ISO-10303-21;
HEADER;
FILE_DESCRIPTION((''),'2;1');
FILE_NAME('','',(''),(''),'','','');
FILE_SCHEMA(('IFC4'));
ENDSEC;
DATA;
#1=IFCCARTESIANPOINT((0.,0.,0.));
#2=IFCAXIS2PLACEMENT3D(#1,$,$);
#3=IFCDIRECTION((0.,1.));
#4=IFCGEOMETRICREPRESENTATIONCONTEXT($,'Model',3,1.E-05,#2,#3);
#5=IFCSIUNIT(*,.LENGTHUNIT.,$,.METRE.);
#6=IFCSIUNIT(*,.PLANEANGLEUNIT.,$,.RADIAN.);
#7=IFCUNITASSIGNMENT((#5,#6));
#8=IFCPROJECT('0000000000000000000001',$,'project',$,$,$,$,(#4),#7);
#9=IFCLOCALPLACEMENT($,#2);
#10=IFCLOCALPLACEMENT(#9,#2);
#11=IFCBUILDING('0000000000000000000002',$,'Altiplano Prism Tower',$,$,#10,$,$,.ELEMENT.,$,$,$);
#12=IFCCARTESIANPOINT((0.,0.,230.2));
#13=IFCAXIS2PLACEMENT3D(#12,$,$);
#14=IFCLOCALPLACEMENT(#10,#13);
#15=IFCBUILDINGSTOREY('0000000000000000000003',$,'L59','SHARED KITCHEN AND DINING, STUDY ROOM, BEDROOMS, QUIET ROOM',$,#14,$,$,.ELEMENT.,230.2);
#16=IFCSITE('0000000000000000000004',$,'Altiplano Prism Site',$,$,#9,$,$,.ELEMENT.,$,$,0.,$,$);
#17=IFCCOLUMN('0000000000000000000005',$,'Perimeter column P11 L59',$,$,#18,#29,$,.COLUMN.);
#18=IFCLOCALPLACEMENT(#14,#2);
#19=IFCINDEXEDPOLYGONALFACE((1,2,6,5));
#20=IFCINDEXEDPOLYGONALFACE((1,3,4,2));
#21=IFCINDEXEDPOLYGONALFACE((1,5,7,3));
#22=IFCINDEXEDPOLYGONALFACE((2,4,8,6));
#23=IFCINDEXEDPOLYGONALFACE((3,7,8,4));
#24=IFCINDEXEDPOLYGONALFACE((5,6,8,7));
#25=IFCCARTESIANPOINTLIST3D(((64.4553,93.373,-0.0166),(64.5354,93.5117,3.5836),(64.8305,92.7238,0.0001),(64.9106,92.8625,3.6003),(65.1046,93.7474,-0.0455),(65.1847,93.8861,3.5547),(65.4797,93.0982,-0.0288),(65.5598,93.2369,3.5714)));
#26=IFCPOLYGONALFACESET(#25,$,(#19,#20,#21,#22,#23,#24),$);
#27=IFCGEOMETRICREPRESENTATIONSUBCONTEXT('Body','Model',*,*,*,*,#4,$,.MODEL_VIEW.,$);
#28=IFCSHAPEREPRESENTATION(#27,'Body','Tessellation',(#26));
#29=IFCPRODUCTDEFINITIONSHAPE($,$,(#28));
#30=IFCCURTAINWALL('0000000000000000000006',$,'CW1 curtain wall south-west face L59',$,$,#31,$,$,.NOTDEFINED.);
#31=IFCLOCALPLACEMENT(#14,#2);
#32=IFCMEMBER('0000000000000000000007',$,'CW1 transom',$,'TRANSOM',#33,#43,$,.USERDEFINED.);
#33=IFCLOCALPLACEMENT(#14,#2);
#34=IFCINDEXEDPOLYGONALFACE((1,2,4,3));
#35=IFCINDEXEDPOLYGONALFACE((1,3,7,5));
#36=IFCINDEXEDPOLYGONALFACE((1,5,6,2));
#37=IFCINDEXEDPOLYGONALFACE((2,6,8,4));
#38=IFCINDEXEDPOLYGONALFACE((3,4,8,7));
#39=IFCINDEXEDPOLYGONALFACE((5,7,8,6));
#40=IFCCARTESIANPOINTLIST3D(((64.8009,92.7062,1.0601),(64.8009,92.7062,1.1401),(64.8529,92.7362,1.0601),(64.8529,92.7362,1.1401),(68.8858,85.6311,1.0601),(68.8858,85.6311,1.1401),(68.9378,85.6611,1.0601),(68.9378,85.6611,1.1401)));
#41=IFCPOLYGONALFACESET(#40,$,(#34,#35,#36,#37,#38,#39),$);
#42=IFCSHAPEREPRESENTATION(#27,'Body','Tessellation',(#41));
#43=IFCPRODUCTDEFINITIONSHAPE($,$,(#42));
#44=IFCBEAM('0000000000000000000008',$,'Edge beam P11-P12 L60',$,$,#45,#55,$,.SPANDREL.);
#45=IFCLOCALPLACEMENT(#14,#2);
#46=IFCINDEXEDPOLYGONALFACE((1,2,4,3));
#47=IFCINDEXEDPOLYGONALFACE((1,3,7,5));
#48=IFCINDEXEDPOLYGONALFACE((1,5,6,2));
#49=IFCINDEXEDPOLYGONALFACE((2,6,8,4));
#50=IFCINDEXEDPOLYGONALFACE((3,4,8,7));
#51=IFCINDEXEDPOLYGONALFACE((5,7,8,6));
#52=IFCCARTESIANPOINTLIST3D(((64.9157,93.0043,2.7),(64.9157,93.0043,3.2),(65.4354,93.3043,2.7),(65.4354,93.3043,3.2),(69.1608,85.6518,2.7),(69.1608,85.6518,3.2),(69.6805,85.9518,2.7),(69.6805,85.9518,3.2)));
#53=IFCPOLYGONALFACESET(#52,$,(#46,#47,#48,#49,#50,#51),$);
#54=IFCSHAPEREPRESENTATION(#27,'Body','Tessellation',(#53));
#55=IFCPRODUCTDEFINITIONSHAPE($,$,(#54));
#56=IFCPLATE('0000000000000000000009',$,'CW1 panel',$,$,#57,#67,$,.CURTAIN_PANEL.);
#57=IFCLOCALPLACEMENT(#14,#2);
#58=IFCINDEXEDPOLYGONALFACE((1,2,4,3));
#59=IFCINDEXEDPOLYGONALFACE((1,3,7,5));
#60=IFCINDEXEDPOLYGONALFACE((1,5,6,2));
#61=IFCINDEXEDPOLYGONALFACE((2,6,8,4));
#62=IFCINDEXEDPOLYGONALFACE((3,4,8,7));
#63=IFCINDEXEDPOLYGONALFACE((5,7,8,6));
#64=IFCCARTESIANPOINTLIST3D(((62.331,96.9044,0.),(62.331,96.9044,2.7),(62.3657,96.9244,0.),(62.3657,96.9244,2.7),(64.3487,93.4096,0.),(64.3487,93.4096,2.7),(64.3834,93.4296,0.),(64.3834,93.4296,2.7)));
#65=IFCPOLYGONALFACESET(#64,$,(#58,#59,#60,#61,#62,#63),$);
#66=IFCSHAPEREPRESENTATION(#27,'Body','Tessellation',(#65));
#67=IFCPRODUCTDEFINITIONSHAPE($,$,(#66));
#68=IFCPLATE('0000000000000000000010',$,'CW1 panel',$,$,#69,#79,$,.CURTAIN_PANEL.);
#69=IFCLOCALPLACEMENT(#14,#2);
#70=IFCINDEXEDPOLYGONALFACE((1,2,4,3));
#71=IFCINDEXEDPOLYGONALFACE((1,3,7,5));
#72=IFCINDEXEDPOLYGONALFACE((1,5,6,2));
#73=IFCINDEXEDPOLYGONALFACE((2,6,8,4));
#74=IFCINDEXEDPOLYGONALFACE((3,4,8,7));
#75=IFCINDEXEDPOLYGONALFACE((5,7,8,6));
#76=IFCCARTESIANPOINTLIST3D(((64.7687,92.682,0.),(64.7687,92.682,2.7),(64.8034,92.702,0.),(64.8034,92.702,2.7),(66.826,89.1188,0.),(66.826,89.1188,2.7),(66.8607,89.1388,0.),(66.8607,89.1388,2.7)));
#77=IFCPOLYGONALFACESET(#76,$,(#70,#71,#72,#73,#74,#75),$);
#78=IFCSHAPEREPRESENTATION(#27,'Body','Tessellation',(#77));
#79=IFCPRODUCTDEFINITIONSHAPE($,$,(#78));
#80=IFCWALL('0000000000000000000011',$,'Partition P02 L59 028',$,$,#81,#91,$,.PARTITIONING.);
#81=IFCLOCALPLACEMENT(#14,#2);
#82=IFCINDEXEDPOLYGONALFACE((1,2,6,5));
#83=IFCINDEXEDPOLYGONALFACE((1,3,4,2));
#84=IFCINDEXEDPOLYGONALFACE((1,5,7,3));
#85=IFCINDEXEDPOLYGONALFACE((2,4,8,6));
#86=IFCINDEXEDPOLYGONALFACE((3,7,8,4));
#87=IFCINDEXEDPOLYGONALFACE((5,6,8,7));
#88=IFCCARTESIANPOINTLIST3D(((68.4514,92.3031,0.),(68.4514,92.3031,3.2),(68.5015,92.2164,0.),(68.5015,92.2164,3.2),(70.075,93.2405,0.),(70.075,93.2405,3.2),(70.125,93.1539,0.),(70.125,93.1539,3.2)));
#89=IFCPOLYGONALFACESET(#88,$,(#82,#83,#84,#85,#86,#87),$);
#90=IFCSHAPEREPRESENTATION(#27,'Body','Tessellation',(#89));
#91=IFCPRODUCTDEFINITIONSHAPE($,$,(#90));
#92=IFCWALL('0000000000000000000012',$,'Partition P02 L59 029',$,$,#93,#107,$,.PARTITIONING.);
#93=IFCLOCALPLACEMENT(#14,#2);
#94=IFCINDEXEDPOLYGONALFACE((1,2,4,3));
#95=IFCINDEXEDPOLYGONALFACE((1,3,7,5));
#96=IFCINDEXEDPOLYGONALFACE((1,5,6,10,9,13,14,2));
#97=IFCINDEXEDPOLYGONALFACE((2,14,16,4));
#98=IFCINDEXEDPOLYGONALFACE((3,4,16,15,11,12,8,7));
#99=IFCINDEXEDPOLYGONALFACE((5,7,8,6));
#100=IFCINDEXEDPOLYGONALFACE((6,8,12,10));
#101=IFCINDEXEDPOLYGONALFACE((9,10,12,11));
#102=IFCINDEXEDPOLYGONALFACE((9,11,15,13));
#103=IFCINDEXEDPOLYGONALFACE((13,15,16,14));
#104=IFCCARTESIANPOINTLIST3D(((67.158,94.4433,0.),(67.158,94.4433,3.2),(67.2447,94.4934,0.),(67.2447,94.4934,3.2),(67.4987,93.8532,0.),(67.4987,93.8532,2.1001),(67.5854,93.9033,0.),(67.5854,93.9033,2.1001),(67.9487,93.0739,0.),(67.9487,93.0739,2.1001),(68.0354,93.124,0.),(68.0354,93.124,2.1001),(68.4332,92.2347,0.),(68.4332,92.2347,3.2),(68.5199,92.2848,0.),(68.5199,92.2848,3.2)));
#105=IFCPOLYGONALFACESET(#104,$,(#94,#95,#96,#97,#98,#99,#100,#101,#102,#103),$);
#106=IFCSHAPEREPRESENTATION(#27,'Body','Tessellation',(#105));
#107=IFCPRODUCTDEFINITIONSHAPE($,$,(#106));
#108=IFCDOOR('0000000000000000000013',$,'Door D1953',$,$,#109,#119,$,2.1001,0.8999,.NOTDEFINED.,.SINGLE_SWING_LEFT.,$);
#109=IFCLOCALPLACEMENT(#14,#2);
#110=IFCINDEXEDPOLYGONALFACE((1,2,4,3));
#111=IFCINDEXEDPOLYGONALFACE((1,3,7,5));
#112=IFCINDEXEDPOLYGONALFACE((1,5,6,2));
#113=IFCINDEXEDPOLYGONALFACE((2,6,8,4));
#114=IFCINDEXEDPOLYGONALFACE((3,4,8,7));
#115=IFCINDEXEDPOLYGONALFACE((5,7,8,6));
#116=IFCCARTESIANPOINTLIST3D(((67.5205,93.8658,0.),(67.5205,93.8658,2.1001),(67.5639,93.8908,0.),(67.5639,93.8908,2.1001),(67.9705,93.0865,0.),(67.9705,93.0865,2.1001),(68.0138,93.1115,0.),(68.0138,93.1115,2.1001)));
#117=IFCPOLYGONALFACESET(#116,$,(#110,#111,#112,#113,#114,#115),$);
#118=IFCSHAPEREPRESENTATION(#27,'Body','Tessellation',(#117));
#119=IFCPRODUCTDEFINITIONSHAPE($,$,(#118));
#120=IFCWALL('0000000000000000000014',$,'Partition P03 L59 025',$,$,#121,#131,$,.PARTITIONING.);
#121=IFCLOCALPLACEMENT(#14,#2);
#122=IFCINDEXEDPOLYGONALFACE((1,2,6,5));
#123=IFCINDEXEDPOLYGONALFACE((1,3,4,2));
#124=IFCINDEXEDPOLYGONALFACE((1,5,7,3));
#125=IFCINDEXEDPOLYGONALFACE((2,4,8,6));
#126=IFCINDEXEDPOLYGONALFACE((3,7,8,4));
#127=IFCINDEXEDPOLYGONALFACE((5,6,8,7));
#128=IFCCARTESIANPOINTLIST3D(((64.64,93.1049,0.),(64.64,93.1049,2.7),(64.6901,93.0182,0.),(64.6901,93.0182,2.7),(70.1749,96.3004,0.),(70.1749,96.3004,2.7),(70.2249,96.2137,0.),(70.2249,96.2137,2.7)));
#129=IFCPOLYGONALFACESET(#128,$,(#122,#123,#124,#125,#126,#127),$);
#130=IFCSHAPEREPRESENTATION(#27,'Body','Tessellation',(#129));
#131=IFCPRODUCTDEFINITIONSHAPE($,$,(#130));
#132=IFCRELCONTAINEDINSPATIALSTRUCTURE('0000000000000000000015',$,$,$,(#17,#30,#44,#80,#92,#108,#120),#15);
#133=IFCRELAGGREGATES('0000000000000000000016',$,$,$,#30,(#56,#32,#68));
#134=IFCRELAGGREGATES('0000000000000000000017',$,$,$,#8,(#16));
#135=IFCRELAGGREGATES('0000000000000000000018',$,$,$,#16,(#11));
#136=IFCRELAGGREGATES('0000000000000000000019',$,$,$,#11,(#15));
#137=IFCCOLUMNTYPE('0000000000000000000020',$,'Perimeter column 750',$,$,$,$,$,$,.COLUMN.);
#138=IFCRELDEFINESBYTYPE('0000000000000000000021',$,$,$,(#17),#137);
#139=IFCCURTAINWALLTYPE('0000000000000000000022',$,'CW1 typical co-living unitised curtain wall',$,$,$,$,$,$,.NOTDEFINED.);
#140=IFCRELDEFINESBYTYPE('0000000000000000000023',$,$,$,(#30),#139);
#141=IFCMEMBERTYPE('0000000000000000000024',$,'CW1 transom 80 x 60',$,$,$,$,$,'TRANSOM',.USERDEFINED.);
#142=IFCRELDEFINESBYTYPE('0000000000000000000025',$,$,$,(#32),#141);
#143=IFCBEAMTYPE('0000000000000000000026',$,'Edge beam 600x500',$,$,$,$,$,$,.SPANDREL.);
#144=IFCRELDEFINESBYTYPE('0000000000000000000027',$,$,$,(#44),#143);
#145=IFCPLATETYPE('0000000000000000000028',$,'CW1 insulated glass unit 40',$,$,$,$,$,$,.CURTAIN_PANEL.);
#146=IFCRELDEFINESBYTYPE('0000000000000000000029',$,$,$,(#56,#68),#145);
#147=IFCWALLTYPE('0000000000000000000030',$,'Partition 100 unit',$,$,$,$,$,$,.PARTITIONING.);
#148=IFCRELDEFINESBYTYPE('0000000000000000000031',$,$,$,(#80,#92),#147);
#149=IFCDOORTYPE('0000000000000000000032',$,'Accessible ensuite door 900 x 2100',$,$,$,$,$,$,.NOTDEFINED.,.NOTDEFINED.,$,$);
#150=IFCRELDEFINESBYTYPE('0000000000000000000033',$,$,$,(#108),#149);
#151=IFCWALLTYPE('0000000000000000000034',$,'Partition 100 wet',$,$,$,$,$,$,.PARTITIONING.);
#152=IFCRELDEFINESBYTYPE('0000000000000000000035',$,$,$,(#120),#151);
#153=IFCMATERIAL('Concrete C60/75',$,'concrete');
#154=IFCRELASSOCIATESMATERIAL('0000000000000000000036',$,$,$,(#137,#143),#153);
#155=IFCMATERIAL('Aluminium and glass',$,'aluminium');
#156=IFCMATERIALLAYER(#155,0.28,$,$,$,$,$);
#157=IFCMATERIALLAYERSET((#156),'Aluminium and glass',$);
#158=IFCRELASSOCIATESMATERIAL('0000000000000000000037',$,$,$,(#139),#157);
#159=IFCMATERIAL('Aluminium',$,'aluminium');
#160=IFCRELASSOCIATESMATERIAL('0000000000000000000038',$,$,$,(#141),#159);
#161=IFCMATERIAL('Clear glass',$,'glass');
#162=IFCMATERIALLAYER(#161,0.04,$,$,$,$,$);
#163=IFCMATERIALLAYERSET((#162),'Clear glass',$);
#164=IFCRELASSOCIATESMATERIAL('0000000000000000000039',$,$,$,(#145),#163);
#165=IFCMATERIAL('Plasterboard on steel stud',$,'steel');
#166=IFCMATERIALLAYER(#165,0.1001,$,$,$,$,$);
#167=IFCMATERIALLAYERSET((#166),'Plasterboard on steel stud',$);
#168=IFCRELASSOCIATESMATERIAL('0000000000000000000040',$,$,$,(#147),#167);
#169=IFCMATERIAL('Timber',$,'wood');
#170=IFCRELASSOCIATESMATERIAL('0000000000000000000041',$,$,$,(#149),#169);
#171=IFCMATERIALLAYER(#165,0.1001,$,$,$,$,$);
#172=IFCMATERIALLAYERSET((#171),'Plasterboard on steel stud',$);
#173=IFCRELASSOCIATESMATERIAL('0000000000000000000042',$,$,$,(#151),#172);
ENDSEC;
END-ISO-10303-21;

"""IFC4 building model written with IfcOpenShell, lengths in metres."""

from ifc_helpers import new_model, si_unit, direction, frame, frame_2d, origin, origin_2d, place, context, subcontext, project, spatial, rectangle, extrude, material, layer, layer_set, material_profile, profile_set, type_object, element, fill, aggregate, save


model = new_model("IFC4")

# Units and contexts
model_context = context("Model", 3, precision=1e-05, world=origin(), true_north=direction((0.0, 1.0)))
body_context = subcontext(model_context, "Body", "Model", "MODEL_VIEW")
ifc_project = project(units=[si_unit("LENGTHUNIT", "METRE"), si_unit("PLANEANGLEUNIT", "RADIAN")], contexts=[model_context])

# Site, building, storey
site_placement = place(None, origin())
site = spatial("IfcSite", under=ifc_project, at=site_placement, Name="Altiplano Prism Site", CompositionType="ELEMENT", RefElevation=0.0)
building_placement = place(site_placement, origin())
building = spatial("IfcBuilding", under=site, at=building_placement, Name="Altiplano Prism Tower", CompositionType="ELEMENT")
storey_placement = place(building_placement, frame((0.0, 0.0, 230.2)))
storey = spatial("IfcBuildingStorey", under=building, at=storey_placement, Name="L59", Description="SHARED KITCHEN AND DINING, STUDY ROOM, BEDROOMS, QUIET ROOM", CompositionType="ELEMENT", Elevation=230.2)

# Column
ifc_material_1 = material(Name="Concrete C60/75", Category="concrete")
ifc_material_profile_1 = material_profile(ifc_material_1, rectangle(XDim=0.75, YDim=0.75, at=origin_2d()), Name="Perimeter column 750")
ifc_profile_set_1 = profile_set([ifc_material_profile_1], Name="Concrete C60/75")
column_type = type_object("IfcColumnType", Name="Perimeter column 750", PredefinedType="COLUMN", material=ifc_profile_set_1)
column_placement = place(storey_placement, frame((64.9675, 93.2356, -0.0227), z_axis=(0.022221, 0.038481, 0.999012), x_axis=(-0.865639, -0.499187, 0.038483)))
element("IfcColumn", 1, at=column_placement, inside=storey, type_object=column_type, Name="Perimeter column P11 L59", PredefinedType="COLUMN", context=body_context, shape_type="SweptSolid", body=[
    extrude(rectangle(XDim=0.75, YDim=0.75, at=origin_2d()), origin(), (0.0, 0.0, 1.0), 3.6038),
])

# Curtain wall, member
ifc_material_2 = material(Name="Aluminium and glass", Category="aluminium")
ifc_layer_1 = layer(ifc_material_2, 0.28)
ifc_layer_set_1 = layer_set([ifc_layer_1], Name="Aluminium and glass")
curtain_wall_type = type_object("IfcCurtainWallType", Name="CW1 typical co-living unitised curtain wall", PredefinedType="NOTDEFINED", material=ifc_layer_set_1)
curtain_wall_placement = place(storey_placement, origin())
curtain_wall = element("IfcCurtainWall", 2, at=curtain_wall_placement, inside=storey, type_object=curtain_wall_type, Name="CW1 curtain wall south-west face L59", PredefinedType="NOTDEFINED")
ifc_material_3 = material(Name="Aluminium", Category="aluminium")
ifc_material_profile_2 = material_profile(ifc_material_3, rectangle(XDim=0.0601, YDim=0.0801, at=origin_2d()), Name="CW1 transom 80 x 60")
ifc_profile_set_2 = profile_set([ifc_material_profile_2], Name="Aluminium")
member_type = type_object("IfcMemberType", Name="CW1 transom 80 x 60", ElementType="TRANSOM", PredefinedType="USERDEFINED", material=ifc_profile_set_2)
member_placement = place(storey_placement, frame((64.8269, 92.7212, 1.1001), z_axis=(0.500009, -0.86602, 0.0), x_axis=(0.86602, 0.500009, 0.0)))
member = element("IfcMember", 3, at=member_placement, type_object=member_type, Name="CW1 transom", ObjectType="TRANSOM", PredefinedType="USERDEFINED", context=body_context, shape_type="SweptSolid", body=[
    extrude(rectangle(XDim=0.0601, YDim=0.0801, at=origin_2d()), origin(), (0.0, 0.0, 1.0), 8.1697),
])

# Beam
ifc_material_profile_3 = material_profile(ifc_material_1, rectangle(XDim=0.6001, YDim=0.5, at=origin_2d()), Name="Edge beam 600x500")
ifc_profile_set_3 = profile_set([ifc_material_profile_3], Name="Concrete C60/75")
beam_type = type_object("IfcBeamType", Name="Edge beam 600x500", PredefinedType="SPANDREL", material=ifc_profile_set_3)
beam_placement = place(storey_placement, frame((65.1755, 93.1543, 2.95), z_axis=(0.500011, -0.866019, 0.0), x_axis=(0.866019, 0.500011, 0.0)))
element("IfcBeam", 4, at=beam_placement, inside=storey, type_object=beam_type, Name="Edge beam P11-P12 L60", PredefinedType="SPANDREL", context=body_context, shape_type="SweptSolid", body=[
    extrude(rectangle(XDim=0.6001, YDim=0.5, at=origin_2d()), origin(), (0.0, 0.0, 1.0), 8.49),
])

# Plates
ifc_material_4 = material(Name="Clear glass", Category="glass")
ifc_layer_2 = layer(ifc_material_4, 0.04)
ifc_layer_set_2 = layer_set([ifc_layer_2], Name="Clear glass")
plate_type = type_object("IfcPlateType", Name="CW1 insulated glass unit 40", PredefinedType="CURTAIN_PANEL", material=ifc_layer_set_2)
plate_1_placement = place(storey_placement, frame((63.3572, 95.167, 0.0), z_axis=(0.0, 0.0, 1.0), x_axis=(0.5, -0.866025, 0.0)))
plate_1 = element("IfcPlate", 5, at=plate_1_placement, type_object=plate_type, Name="CW1 panel", PredefinedType="CURTAIN_PANEL", context=body_context, shape_type="SweptSolid", body=[
    extrude(rectangle(XDim=4.0354, YDim=0.04, at=origin_2d()), origin(), (0.0, 0.0, 1.0), 2.7),
])
plate_2_placement = place(storey_placement, frame((65.8147, 90.9104, 0.0), z_axis=(0.0, 0.0, 1.0), x_axis=(0.5, -0.866025, 0.0)))
plate_2 = element("IfcPlate", 6, at=plate_2_placement, type_object=plate_type, Name="CW1 panel", PredefinedType="CURTAIN_PANEL", context=body_context, shape_type="SweptSolid", body=[
    extrude(rectangle(XDim=4.1145, YDim=0.04, at=origin_2d()), origin(), (0.0, 0.0, 1.0), 2.7),
])
aggregate(curtain_wall, [plate_1, member, plate_2])

# Wall
ifc_material_5 = material(Name="Plasterboard on steel stud", Category="steel")
ifc_layer_3 = layer(ifc_material_5, 0.1001)
ifc_layer_set_3 = layer_set([ifc_layer_3], Name="Plasterboard on steel stud")
wall_type_1 = type_object("IfcWallType", Name="Partition 100 unit", PredefinedType="PARTITIONING", material=ifc_layer_set_3)
wall_1_placement = place(storey_placement, frame((70.1001, 93.1973, 0.0), z_axis=(0.0, 0.0, 1.0), x_axis=(-0.86599, -0.500061, 0.0)))
element("IfcWall", 7, at=wall_1_placement, inside=storey, type_object=wall_type_1, Name="Partition P02 L59 028", PredefinedType="PARTITIONING", context=body_context, shape_type="SweptSolid", body=[
    extrude(rectangle(XDim=1.8748, YDim=0.1001, at=frame_2d((0.9375, 0.0))), origin(), (0.0, 0.0, 1.0), 3.2),
])

# Wall, opening, door
wall_2_placement = place(storey_placement, frame((68.4766, 92.2598, 0.0), z_axis=(0.0, 0.0, 1.0), x_axis=(-0.500021, 0.866013, 0.0)))
wall_2 = element("IfcWall", 8, at=wall_2_placement, inside=storey, type_object=wall_type_1, Name="Partition P02 L59 029", PredefinedType="PARTITIONING", context=body_context, shape_type="SweptSolid", body=[
    extrude(rectangle(XDim=2.5503, YDim=0.1001, at=frame_2d((1.2751, 0.0))), origin(), (0.0, 0.0, 1.0), 3.2),
])
opening_placement = place(wall_2_placement, frame((0.969, 0.0, 0.0)))
opening = element("IfcOpeningElement", 9, at=opening_placement, cuts=wall_2, PredefinedType="OPENING", context=body_context, shape_type="SweptSolid", body=[
    extrude(rectangle(XDim=0.8999, YDim=2.1001, at=frame_2d((0.45, 1.05))), frame((0.0, 0.0605, 0.0), z_axis=(0.0, -1.0, 0.0), x_axis=(1.0, 0.0, 0.0)), (0.0, 0.0, 1.0), 0.1211),
])
ifc_material_6 = material(Name="Timber", Category="wood")
door_type = type_object("IfcDoorType", Name="Accessible ensuite door 900 x 2100", OperationType="NOTDEFINED", PredefinedType="NOTDEFINED", material=ifc_material_6)
door_placement = place(opening_placement, origin())
door = element("IfcDoor", 10, at=door_placement, inside=storey, type_object=door_type, Name="Door D1953", OperationType="SINGLE_SWING_LEFT", OverallHeight=2.1001, OverallWidth=0.8999, PredefinedType="NOTDEFINED", context=body_context, shape_type="SweptSolid", body=[
    extrude(rectangle(XDim=0.8999, YDim=2.1001, at=frame_2d((0.45, 1.05))), frame((0.0, 0.0249, 0.0), z_axis=(0.0, -1.0, 0.0), x_axis=(1.0, 0.0, 0.0)), (0.0, 0.0, 1.0), 0.05),
])
fill(opening, door)

# Wall
ifc_layer_4 = layer(ifc_material_5, 0.1001)
ifc_layer_set_4 = layer_set([ifc_layer_4], Name="Plasterboard on steel stud")
wall_type_2 = type_object("IfcWallType", Name="Partition 100 wet", PredefinedType="PARTITIONING", material=ifc_layer_set_4)
wall_3_placement = place(storey_placement, frame((64.665, 93.0615, 0.0), z_axis=(0.0, 0.0, 1.0), x_axis=(0.866027, 0.499997, 0.0)))
element("IfcWall", 11, at=wall_3_placement, inside=storey, type_object=wall_type_2, Name="Partition P03 L59 025", PredefinedType="PARTITIONING", context=body_context, shape_type="SweptSolid", body=[
    extrude(rectangle(XDim=6.3911, YDim=0.1001, at=frame_2d((3.1956, 0.0))), origin(), (0.0, 0.0, 1.0), 2.7),
])

save(model, "model.ifc")
